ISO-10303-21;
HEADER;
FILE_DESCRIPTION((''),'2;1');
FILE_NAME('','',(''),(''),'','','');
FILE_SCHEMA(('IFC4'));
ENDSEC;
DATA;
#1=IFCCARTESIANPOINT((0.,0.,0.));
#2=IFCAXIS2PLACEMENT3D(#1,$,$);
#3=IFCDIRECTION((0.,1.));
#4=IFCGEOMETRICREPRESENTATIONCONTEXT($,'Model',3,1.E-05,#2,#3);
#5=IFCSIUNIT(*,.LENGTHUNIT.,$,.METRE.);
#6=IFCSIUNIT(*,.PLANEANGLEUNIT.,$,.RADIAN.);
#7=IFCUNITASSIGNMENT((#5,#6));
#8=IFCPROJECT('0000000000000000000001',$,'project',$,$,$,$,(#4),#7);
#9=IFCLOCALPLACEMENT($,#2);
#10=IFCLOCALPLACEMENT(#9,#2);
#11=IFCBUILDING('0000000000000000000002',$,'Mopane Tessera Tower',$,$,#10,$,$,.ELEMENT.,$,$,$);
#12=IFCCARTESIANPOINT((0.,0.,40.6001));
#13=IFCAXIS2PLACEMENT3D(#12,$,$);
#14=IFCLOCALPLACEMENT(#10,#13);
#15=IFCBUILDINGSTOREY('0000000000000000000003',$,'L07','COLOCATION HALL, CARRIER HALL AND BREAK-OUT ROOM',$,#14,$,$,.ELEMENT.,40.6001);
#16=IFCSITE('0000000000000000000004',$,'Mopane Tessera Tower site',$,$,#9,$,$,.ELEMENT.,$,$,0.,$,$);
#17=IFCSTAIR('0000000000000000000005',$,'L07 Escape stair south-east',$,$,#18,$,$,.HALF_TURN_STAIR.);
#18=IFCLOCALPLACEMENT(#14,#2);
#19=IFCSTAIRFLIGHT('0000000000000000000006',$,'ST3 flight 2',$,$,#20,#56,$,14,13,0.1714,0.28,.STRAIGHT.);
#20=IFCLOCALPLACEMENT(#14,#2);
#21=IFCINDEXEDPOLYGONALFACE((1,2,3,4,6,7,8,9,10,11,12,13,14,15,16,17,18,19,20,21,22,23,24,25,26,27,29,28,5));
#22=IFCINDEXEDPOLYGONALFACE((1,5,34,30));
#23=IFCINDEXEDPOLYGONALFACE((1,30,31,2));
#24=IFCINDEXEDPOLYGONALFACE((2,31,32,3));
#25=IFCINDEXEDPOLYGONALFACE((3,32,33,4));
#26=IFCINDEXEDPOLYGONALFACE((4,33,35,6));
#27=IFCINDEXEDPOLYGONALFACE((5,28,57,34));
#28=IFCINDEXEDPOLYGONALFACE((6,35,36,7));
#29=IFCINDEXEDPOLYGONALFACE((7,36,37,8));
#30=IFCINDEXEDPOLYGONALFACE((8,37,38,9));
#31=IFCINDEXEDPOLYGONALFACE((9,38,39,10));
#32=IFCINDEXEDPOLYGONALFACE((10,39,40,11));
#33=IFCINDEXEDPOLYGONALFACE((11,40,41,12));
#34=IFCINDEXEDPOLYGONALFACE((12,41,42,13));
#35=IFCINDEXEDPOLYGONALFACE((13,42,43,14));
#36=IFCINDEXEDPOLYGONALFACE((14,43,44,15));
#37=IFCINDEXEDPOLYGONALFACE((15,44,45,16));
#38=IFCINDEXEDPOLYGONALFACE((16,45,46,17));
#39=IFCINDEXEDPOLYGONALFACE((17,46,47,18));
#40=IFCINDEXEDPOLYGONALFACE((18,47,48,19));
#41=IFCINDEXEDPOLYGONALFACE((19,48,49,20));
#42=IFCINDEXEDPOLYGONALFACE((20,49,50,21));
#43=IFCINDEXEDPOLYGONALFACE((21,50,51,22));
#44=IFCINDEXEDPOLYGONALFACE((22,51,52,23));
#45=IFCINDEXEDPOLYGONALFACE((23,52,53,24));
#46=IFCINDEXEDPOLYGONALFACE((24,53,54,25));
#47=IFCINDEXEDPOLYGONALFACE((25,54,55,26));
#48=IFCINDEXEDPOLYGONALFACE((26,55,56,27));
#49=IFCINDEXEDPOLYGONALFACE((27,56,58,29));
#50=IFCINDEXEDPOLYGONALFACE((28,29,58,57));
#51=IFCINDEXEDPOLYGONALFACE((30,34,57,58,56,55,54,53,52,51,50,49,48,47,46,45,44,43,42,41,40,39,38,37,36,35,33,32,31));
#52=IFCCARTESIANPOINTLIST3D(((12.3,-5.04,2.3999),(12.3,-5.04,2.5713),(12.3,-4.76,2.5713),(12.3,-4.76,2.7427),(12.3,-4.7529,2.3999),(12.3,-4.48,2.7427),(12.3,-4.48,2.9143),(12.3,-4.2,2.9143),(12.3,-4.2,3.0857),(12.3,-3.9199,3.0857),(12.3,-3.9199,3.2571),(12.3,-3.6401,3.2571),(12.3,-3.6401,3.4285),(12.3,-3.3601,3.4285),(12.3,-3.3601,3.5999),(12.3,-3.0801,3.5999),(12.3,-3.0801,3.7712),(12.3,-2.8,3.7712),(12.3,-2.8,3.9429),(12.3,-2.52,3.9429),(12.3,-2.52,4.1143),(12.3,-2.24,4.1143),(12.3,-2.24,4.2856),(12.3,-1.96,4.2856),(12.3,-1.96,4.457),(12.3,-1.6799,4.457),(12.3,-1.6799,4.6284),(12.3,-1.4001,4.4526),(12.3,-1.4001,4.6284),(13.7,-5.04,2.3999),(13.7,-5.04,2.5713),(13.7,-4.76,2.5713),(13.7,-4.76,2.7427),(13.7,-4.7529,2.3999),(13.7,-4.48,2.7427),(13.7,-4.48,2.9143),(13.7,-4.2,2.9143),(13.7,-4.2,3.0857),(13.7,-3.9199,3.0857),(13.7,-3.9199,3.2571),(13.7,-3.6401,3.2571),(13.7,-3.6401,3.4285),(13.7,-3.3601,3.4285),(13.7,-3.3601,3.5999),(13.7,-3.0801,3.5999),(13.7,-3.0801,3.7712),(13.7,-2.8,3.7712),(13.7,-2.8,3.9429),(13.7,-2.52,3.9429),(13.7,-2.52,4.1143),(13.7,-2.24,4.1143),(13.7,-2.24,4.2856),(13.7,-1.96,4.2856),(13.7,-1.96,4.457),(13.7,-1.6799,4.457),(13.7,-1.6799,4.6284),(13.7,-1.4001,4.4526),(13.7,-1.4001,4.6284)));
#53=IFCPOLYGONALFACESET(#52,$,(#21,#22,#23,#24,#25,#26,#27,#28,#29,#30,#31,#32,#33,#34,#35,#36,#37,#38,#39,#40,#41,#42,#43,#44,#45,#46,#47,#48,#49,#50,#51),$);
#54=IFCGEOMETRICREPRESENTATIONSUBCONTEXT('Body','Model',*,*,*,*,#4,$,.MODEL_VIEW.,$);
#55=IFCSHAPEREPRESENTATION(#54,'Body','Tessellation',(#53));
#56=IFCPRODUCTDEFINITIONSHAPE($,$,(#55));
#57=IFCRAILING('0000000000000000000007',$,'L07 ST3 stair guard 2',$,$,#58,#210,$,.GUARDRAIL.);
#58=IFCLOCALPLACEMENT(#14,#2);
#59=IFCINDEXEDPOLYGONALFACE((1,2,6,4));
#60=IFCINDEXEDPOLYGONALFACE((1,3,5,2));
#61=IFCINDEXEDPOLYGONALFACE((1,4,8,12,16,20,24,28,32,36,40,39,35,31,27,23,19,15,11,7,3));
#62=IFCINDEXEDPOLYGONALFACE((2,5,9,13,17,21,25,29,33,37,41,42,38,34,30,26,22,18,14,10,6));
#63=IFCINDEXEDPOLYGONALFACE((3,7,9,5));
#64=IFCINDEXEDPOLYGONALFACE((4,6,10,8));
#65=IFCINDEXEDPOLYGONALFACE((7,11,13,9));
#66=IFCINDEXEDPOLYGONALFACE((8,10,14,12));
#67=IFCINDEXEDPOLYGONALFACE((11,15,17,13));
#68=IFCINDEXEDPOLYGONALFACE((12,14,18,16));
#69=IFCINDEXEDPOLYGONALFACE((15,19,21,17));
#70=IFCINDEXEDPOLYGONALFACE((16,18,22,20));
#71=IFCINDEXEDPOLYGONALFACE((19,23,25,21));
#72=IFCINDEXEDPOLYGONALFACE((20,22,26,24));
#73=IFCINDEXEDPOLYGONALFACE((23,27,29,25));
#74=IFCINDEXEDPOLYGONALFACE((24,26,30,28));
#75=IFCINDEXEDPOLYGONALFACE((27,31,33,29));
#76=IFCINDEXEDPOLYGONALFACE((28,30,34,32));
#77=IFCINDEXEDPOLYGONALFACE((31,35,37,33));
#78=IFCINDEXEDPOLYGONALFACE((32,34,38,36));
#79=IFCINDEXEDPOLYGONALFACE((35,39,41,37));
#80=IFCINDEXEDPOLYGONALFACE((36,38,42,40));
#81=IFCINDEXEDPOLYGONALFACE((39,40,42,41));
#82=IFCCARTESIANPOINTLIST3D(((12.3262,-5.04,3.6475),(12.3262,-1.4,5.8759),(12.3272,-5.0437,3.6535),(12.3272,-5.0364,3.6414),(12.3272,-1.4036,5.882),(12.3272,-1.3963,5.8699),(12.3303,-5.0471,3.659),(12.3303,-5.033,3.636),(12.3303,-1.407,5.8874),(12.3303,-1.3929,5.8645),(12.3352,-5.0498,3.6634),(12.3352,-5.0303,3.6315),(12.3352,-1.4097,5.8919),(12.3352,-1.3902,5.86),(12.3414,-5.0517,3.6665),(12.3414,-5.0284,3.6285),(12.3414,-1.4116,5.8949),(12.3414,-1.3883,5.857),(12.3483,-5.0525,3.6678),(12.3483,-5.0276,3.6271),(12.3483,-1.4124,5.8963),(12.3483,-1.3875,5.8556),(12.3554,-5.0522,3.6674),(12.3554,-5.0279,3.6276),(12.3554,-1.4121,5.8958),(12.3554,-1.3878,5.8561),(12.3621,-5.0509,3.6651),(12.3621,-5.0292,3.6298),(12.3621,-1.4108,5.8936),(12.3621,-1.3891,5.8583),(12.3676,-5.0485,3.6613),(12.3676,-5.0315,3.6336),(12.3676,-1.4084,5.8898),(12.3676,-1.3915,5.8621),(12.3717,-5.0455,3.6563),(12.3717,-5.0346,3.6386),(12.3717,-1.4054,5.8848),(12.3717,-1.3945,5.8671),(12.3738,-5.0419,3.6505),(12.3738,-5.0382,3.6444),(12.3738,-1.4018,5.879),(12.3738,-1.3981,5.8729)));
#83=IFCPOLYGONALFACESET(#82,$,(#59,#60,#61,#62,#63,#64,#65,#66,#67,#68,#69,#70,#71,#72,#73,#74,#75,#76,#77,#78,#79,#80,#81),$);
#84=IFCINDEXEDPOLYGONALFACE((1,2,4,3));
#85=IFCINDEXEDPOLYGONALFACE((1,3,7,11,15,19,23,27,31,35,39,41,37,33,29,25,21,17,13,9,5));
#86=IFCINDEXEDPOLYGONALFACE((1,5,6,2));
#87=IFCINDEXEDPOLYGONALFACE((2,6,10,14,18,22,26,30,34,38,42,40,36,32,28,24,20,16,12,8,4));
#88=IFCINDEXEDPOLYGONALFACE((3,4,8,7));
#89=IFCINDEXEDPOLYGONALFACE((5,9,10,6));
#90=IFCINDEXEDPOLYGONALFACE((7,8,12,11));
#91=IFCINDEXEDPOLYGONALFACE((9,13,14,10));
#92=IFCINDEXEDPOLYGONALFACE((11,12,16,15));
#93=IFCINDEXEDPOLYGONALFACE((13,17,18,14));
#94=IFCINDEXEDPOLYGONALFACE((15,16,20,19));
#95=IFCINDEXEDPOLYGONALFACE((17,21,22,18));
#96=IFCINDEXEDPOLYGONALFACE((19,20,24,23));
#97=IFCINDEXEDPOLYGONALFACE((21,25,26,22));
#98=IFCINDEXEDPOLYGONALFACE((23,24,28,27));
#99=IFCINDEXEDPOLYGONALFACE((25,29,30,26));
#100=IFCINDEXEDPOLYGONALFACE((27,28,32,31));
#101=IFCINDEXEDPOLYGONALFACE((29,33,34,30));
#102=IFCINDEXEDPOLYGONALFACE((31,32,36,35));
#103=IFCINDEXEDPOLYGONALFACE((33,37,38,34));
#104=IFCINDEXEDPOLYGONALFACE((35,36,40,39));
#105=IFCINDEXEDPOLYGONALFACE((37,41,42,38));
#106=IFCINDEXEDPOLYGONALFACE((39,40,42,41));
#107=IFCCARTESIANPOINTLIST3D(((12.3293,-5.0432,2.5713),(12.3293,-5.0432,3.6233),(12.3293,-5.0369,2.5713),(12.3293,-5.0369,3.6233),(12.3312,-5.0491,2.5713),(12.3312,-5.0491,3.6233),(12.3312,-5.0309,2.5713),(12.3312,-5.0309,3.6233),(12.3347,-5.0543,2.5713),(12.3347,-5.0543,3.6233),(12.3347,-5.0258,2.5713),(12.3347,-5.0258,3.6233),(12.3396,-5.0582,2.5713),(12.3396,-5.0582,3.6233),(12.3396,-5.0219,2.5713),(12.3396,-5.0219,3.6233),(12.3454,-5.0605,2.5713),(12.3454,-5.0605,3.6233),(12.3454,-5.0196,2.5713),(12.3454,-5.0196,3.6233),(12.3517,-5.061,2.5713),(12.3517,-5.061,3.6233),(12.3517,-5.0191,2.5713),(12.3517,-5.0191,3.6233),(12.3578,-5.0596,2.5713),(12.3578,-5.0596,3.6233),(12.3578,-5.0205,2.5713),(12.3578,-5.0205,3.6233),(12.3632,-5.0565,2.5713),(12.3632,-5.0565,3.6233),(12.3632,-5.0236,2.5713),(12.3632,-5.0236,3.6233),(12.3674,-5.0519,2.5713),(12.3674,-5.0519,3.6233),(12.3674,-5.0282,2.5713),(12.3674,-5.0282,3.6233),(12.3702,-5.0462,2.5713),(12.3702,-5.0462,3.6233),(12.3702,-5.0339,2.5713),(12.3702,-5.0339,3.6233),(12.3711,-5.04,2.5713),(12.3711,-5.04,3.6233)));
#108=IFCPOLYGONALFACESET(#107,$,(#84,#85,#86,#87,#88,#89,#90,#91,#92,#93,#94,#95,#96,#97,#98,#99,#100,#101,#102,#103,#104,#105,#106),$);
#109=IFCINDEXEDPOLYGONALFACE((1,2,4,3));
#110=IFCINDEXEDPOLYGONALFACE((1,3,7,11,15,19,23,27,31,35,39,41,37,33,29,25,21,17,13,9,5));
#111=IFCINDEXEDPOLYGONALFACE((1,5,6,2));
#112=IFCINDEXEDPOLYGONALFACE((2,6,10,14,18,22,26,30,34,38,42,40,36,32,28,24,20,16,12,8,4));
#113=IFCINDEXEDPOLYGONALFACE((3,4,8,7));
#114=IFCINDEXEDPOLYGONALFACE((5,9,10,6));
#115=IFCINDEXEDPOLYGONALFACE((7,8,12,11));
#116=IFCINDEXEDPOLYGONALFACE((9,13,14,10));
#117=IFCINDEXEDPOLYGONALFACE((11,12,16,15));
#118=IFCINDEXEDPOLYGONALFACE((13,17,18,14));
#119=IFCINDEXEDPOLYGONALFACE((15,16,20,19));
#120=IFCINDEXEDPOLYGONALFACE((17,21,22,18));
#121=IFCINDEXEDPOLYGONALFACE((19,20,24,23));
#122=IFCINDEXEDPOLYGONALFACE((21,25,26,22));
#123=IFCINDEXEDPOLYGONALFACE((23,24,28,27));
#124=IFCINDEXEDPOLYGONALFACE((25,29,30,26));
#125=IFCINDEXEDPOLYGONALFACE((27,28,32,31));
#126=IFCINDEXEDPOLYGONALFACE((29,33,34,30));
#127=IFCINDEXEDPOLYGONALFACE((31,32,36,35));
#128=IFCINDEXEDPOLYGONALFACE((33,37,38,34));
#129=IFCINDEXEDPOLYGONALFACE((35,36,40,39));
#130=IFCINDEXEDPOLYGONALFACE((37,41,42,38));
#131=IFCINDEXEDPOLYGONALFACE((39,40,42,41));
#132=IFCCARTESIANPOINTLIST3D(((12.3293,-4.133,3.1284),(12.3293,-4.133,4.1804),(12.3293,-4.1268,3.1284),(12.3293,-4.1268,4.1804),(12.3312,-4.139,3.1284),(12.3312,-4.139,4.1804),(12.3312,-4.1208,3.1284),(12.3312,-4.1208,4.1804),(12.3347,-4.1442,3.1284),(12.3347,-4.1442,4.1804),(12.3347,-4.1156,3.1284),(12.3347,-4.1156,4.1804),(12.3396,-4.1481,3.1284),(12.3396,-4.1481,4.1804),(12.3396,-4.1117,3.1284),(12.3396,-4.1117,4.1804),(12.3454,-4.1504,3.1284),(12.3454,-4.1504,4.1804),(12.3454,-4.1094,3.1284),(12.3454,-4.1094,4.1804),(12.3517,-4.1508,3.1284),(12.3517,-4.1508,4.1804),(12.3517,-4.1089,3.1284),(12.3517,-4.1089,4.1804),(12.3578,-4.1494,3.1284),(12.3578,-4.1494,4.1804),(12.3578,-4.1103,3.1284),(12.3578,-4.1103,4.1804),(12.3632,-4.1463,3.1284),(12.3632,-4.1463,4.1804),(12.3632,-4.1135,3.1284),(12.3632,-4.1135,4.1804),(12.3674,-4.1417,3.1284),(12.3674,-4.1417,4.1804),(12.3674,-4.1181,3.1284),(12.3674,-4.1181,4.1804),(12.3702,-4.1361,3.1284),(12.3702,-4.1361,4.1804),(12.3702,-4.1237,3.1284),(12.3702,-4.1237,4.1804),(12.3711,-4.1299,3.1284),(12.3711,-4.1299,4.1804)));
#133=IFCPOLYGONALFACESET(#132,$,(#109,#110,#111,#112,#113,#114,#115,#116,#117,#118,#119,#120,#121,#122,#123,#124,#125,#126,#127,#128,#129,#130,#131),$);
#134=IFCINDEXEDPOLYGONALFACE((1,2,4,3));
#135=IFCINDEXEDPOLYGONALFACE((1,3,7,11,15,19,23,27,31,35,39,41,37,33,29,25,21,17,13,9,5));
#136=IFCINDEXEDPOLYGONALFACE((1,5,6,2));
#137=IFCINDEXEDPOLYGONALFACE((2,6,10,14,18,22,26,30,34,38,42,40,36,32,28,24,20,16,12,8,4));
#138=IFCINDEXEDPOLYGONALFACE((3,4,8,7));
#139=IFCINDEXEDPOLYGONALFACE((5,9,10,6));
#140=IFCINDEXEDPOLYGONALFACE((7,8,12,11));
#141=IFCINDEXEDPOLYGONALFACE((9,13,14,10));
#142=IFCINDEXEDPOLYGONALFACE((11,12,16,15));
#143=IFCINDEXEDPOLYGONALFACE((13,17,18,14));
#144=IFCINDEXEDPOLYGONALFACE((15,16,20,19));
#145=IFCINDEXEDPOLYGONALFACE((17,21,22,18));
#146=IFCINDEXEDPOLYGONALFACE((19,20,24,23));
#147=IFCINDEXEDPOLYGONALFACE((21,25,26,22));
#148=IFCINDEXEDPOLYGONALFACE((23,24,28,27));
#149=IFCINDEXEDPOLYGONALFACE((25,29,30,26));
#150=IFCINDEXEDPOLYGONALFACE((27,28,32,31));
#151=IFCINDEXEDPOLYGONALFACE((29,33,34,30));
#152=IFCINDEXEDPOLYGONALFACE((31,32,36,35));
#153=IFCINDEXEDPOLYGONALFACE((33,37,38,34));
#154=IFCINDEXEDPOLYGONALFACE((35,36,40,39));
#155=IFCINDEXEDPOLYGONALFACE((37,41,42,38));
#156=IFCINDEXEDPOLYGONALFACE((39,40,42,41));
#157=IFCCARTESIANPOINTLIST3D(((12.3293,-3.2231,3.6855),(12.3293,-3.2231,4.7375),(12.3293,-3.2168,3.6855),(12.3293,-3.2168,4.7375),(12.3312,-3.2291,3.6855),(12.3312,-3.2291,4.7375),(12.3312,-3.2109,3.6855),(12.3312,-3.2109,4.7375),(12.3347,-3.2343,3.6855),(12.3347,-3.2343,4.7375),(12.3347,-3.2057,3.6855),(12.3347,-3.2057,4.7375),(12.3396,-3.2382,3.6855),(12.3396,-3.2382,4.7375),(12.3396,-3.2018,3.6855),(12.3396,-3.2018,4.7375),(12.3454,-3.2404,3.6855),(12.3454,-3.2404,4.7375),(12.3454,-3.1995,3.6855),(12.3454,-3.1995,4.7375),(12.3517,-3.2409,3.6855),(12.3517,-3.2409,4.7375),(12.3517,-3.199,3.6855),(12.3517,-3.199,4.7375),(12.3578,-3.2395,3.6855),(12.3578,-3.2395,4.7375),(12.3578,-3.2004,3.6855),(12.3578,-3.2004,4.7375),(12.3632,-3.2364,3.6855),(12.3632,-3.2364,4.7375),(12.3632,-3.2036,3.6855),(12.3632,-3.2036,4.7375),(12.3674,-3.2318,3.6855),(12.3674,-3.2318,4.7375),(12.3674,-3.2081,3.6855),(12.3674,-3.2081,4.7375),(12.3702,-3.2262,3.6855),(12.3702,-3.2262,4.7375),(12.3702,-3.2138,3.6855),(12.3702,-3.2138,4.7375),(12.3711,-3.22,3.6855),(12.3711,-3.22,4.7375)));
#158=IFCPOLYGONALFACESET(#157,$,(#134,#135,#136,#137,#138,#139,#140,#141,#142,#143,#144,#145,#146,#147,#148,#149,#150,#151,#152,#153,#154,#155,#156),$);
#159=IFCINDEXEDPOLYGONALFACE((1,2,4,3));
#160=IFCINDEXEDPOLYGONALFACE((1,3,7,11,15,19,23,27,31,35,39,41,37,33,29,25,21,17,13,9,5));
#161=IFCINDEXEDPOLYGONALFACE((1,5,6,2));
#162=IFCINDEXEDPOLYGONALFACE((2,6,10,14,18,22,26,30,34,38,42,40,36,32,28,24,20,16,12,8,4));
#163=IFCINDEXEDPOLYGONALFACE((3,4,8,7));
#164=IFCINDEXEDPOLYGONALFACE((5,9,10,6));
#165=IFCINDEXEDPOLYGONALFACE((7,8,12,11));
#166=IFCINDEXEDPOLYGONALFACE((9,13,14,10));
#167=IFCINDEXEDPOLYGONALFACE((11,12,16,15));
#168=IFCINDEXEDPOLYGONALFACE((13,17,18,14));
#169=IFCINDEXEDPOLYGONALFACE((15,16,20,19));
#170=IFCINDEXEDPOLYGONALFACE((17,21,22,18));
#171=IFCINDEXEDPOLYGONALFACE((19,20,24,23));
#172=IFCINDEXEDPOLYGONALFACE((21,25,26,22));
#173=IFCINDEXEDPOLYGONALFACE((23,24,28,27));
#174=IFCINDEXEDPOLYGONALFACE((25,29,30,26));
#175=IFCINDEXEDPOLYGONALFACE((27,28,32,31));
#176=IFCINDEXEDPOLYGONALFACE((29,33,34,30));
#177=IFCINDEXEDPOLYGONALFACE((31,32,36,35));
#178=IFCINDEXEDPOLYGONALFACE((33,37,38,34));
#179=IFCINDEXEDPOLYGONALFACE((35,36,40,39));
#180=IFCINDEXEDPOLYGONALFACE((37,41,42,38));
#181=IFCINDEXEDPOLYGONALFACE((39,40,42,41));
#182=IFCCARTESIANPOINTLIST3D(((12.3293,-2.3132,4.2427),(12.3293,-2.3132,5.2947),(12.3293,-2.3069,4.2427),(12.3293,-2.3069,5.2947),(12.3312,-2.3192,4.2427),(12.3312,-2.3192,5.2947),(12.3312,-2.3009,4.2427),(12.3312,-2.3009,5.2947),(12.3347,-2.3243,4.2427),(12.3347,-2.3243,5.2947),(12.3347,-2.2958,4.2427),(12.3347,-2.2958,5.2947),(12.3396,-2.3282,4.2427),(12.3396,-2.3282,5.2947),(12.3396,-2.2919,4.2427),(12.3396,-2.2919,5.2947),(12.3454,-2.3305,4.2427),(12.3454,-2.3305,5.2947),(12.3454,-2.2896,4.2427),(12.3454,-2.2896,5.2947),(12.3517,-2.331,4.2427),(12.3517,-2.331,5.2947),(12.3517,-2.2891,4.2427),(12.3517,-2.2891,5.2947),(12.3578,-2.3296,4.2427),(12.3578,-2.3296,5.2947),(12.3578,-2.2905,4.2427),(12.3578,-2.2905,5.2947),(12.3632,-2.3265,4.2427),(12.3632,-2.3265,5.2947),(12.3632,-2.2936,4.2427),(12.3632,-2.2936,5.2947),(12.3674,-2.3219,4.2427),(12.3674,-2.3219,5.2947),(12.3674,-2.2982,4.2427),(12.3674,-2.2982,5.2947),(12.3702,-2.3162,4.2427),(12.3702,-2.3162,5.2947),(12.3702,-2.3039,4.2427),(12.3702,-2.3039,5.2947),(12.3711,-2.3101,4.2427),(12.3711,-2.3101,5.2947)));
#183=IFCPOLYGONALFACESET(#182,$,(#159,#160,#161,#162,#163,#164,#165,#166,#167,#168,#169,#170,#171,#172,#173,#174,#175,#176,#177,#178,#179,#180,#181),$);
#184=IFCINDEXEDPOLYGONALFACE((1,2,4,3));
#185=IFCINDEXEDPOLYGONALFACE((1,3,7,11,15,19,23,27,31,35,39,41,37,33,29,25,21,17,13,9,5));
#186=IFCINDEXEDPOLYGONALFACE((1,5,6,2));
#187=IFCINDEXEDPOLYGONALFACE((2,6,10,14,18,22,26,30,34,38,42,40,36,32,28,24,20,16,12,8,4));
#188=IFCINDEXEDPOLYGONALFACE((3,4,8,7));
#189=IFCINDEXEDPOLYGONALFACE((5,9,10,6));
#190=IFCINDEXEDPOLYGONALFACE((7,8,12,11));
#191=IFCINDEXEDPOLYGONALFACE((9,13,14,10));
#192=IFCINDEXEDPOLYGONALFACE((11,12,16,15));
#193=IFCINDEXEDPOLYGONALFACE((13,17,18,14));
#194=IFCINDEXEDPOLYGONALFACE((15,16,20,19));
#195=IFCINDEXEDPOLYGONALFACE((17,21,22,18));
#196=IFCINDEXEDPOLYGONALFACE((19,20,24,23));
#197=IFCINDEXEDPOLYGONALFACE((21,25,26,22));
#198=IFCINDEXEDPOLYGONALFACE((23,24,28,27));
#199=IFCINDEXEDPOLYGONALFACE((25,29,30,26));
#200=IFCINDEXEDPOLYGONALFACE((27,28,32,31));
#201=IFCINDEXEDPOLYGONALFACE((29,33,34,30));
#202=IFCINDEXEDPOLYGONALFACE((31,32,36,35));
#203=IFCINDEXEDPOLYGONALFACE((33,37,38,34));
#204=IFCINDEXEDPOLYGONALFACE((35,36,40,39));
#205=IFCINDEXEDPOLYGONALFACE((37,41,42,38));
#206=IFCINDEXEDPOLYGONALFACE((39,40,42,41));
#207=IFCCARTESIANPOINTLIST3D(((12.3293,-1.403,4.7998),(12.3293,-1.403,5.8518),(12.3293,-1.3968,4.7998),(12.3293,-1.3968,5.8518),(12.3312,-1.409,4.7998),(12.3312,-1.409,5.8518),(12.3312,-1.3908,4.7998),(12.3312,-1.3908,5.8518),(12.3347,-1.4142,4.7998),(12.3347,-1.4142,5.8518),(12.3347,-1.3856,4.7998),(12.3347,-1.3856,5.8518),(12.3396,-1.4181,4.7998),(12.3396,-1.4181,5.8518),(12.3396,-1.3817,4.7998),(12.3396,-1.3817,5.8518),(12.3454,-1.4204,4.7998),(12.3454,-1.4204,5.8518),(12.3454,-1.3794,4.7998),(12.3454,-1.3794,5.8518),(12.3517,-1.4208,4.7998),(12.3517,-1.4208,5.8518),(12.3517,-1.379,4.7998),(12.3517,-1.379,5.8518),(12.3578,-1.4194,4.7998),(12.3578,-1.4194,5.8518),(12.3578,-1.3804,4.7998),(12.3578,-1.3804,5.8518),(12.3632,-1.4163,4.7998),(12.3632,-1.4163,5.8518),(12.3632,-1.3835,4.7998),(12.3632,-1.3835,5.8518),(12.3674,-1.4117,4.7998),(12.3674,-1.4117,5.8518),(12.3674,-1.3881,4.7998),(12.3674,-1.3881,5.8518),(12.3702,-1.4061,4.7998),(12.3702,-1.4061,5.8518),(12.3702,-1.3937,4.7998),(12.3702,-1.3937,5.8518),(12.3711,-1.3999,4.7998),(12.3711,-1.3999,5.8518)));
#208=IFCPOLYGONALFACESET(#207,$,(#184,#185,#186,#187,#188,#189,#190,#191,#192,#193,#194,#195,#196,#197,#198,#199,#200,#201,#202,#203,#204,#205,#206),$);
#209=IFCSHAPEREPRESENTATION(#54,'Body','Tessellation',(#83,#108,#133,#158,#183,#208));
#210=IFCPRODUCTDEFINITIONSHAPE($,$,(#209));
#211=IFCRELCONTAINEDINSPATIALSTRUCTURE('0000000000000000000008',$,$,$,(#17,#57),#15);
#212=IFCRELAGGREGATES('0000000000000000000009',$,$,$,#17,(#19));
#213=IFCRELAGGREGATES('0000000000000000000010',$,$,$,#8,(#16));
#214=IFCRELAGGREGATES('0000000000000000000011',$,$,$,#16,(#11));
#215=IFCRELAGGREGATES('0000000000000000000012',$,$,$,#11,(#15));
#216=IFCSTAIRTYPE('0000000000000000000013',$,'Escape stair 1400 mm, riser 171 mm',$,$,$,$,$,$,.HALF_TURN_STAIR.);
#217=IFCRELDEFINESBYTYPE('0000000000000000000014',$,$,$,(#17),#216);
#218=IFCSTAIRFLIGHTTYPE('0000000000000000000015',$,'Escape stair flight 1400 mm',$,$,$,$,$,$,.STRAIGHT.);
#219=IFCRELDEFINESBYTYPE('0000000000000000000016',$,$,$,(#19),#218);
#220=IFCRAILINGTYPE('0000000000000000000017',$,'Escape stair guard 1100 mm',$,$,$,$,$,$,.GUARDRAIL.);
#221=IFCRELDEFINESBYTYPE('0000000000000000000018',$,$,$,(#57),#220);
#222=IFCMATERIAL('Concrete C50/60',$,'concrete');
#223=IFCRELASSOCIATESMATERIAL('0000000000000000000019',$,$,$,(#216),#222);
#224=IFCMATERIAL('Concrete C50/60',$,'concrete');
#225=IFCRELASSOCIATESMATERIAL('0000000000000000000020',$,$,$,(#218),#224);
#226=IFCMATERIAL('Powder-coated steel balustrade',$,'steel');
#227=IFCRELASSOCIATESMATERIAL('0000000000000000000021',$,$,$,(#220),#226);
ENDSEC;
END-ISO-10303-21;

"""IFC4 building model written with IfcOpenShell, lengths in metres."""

from ifc_helpers import new_model, si_unit, direction, frame, origin, origin_2d, place, context, subcontext, project, spatial, polyline, circle, outline, extrude, material, type_object, element, aggregate, save


model = new_model("IFC4")

# Units and contexts
model_context = context("Model", 3, precision=1e-05, world=origin(), true_north=direction((0.0, 1.0)))
body_context = subcontext(model_context, "Body", "Model", "MODEL_VIEW")
ifc_project = project(units=[si_unit("LENGTHUNIT", "METRE"), si_unit("PLANEANGLEUNIT", "RADIAN")], contexts=[model_context])

# Site, building, storey
site_placement = place(None, origin())
site = spatial("IfcSite", under=ifc_project, at=site_placement, Name="Mopane Tessera Tower site", CompositionType="ELEMENT", RefElevation=0.0)
building_placement = place(site_placement, origin())
building = spatial("IfcBuilding", under=site, at=building_placement, Name="Mopane Tessera Tower", CompositionType="ELEMENT")
storey_placement = place(building_placement, frame((0.0, 0.0, 40.6001)))
storey = spatial("IfcBuildingStorey", under=building, at=storey_placement, Name="L07", Description="COLOCATION HALL, CARRIER HALL AND BREAK-OUT ROOM", CompositionType="ELEMENT", Elevation=40.6001)

# Stair, stair flight
ifc_material_1 = material(Name="Concrete C50/60", Category="concrete")
stair_type = type_object("IfcStairType", Name="Escape stair 1400 mm, riser 171 mm", PredefinedType="HALF_TURN_STAIR", material=ifc_material_1)
stair_placement = place(storey_placement, origin())
stair = element("IfcStair", 1, at=stair_placement, inside=storey, type_object=stair_type, Name="L07 Escape stair south-east", PredefinedType="HALF_TURN_STAIR")
ifc_material_2 = material(Name="Concrete C50/60", Category="concrete")
stair_flight_type = type_object("IfcStairFlightType", Name="Escape stair flight 1400 mm", PredefinedType="STRAIGHT", material=ifc_material_2)
stair_flight_1_placement = place(storey_placement, frame((13.0, -5.04, 2.3999), z_axis=(0.0, 0.0, 1.0), x_axis=(0.0, 1.0, 0.0)))
stair_flight_1 = element("IfcStairFlight", 2, at=stair_flight_1_placement, type_object=stair_flight_type, Name="ST3 flight 2", NumberOfRisers=14, NumberOfTreads=13, PredefinedType="STRAIGHT", RiserHeight=0.1714, TreadLength=0.28, context=body_context, shape_type="SweptSolid", body=[
    extrude(outline(polyline([(0.0, 0.0), (0.0, 0.1714), (0.28, 0.1714), (0.28, 0.3428), (0.5601, 0.3428), (0.5601, 0.5144), (0.8401, 0.5144), (0.8401, 0.6858), (1.1201, 0.6858), (1.1201, 0.8572), (1.3999, 0.8572), (1.3999, 1.0286), (1.6799, 1.0286), (1.6799, 1.2), (1.96, 1.2), (1.96, 1.3713), (2.24, 1.3713), (2.24, 1.543), (2.52, 1.543), (2.52, 1.7144), (2.8, 1.7144), (2.8, 1.8857), (3.0801, 1.8857), (3.0801, 2.0571), (3.3601, 2.0571), (3.3601, 2.2285), (3.6399, 2.2285), (3.6399, 2.3999), (3.6399, 2.0527), (0.2871, 0.0), (0.0, 0.0)])), frame((0.0, 0.7, 0.0), z_axis=(0.0, -1.0, 0.0), x_axis=(1.0, 0.0, 0.0)), (0.0, 0.0, 1.0), 1.3999),
])
aggregate(stair, [stair_flight_1])

# Railing
ifc_material_3 = material(Name="Powder-coated steel balustrade", Category="steel")
railing_type_1 = type_object("IfcRailingType", Name="Escape stair guard 1100 mm", PredefinedType="GUARDRAIL", material=ifc_material_3)
railing_1_placement = place(storey_placement, frame((12.3501, -5.04, 2.5713)))
element("IfcRailing", 3, at=railing_1_placement, inside=storey, type_object=railing_type_1, Name="L07 ST3 stair guard 2", PredefinedType="GUARDRAIL", context=body_context, shape_type="SweptSolid", body=[
    extrude(circle(Radius=0.0239, at=origin_2d()), frame((0.0, 0.0, 1.0762), z_axis=(0.0, 0.852866, 0.52213), x_axis=(-1.0, 0.0, 0.0)), (0.0, 0.0, 1.0), 4.2681),
    extrude(circle(Radius=0.021, at=origin_2d()), origin(), (0.0, 0.0, 1.0), 1.052),
    extrude(circle(Radius=0.021, at=origin_2d()), frame((0.0, 0.9102, 0.5571)), (0.0, 0.0, 1.0), 1.052),
    extrude(circle(Radius=0.021, at=origin_2d()), frame((0.0, 1.8201, 1.1143)), (0.0, 0.0, 1.0), 1.052),
    extrude(circle(Radius=0.021, at=origin_2d()), frame((0.0, 2.73, 1.6714)), (0.0, 0.0, 1.0), 1.052),
    extrude(circle(Radius=0.021, at=origin_2d()), frame((0.0, 3.6401, 2.2285)), (0.0, 0.0, 1.0), 1.052),
])

save(model, "model.ifc")
